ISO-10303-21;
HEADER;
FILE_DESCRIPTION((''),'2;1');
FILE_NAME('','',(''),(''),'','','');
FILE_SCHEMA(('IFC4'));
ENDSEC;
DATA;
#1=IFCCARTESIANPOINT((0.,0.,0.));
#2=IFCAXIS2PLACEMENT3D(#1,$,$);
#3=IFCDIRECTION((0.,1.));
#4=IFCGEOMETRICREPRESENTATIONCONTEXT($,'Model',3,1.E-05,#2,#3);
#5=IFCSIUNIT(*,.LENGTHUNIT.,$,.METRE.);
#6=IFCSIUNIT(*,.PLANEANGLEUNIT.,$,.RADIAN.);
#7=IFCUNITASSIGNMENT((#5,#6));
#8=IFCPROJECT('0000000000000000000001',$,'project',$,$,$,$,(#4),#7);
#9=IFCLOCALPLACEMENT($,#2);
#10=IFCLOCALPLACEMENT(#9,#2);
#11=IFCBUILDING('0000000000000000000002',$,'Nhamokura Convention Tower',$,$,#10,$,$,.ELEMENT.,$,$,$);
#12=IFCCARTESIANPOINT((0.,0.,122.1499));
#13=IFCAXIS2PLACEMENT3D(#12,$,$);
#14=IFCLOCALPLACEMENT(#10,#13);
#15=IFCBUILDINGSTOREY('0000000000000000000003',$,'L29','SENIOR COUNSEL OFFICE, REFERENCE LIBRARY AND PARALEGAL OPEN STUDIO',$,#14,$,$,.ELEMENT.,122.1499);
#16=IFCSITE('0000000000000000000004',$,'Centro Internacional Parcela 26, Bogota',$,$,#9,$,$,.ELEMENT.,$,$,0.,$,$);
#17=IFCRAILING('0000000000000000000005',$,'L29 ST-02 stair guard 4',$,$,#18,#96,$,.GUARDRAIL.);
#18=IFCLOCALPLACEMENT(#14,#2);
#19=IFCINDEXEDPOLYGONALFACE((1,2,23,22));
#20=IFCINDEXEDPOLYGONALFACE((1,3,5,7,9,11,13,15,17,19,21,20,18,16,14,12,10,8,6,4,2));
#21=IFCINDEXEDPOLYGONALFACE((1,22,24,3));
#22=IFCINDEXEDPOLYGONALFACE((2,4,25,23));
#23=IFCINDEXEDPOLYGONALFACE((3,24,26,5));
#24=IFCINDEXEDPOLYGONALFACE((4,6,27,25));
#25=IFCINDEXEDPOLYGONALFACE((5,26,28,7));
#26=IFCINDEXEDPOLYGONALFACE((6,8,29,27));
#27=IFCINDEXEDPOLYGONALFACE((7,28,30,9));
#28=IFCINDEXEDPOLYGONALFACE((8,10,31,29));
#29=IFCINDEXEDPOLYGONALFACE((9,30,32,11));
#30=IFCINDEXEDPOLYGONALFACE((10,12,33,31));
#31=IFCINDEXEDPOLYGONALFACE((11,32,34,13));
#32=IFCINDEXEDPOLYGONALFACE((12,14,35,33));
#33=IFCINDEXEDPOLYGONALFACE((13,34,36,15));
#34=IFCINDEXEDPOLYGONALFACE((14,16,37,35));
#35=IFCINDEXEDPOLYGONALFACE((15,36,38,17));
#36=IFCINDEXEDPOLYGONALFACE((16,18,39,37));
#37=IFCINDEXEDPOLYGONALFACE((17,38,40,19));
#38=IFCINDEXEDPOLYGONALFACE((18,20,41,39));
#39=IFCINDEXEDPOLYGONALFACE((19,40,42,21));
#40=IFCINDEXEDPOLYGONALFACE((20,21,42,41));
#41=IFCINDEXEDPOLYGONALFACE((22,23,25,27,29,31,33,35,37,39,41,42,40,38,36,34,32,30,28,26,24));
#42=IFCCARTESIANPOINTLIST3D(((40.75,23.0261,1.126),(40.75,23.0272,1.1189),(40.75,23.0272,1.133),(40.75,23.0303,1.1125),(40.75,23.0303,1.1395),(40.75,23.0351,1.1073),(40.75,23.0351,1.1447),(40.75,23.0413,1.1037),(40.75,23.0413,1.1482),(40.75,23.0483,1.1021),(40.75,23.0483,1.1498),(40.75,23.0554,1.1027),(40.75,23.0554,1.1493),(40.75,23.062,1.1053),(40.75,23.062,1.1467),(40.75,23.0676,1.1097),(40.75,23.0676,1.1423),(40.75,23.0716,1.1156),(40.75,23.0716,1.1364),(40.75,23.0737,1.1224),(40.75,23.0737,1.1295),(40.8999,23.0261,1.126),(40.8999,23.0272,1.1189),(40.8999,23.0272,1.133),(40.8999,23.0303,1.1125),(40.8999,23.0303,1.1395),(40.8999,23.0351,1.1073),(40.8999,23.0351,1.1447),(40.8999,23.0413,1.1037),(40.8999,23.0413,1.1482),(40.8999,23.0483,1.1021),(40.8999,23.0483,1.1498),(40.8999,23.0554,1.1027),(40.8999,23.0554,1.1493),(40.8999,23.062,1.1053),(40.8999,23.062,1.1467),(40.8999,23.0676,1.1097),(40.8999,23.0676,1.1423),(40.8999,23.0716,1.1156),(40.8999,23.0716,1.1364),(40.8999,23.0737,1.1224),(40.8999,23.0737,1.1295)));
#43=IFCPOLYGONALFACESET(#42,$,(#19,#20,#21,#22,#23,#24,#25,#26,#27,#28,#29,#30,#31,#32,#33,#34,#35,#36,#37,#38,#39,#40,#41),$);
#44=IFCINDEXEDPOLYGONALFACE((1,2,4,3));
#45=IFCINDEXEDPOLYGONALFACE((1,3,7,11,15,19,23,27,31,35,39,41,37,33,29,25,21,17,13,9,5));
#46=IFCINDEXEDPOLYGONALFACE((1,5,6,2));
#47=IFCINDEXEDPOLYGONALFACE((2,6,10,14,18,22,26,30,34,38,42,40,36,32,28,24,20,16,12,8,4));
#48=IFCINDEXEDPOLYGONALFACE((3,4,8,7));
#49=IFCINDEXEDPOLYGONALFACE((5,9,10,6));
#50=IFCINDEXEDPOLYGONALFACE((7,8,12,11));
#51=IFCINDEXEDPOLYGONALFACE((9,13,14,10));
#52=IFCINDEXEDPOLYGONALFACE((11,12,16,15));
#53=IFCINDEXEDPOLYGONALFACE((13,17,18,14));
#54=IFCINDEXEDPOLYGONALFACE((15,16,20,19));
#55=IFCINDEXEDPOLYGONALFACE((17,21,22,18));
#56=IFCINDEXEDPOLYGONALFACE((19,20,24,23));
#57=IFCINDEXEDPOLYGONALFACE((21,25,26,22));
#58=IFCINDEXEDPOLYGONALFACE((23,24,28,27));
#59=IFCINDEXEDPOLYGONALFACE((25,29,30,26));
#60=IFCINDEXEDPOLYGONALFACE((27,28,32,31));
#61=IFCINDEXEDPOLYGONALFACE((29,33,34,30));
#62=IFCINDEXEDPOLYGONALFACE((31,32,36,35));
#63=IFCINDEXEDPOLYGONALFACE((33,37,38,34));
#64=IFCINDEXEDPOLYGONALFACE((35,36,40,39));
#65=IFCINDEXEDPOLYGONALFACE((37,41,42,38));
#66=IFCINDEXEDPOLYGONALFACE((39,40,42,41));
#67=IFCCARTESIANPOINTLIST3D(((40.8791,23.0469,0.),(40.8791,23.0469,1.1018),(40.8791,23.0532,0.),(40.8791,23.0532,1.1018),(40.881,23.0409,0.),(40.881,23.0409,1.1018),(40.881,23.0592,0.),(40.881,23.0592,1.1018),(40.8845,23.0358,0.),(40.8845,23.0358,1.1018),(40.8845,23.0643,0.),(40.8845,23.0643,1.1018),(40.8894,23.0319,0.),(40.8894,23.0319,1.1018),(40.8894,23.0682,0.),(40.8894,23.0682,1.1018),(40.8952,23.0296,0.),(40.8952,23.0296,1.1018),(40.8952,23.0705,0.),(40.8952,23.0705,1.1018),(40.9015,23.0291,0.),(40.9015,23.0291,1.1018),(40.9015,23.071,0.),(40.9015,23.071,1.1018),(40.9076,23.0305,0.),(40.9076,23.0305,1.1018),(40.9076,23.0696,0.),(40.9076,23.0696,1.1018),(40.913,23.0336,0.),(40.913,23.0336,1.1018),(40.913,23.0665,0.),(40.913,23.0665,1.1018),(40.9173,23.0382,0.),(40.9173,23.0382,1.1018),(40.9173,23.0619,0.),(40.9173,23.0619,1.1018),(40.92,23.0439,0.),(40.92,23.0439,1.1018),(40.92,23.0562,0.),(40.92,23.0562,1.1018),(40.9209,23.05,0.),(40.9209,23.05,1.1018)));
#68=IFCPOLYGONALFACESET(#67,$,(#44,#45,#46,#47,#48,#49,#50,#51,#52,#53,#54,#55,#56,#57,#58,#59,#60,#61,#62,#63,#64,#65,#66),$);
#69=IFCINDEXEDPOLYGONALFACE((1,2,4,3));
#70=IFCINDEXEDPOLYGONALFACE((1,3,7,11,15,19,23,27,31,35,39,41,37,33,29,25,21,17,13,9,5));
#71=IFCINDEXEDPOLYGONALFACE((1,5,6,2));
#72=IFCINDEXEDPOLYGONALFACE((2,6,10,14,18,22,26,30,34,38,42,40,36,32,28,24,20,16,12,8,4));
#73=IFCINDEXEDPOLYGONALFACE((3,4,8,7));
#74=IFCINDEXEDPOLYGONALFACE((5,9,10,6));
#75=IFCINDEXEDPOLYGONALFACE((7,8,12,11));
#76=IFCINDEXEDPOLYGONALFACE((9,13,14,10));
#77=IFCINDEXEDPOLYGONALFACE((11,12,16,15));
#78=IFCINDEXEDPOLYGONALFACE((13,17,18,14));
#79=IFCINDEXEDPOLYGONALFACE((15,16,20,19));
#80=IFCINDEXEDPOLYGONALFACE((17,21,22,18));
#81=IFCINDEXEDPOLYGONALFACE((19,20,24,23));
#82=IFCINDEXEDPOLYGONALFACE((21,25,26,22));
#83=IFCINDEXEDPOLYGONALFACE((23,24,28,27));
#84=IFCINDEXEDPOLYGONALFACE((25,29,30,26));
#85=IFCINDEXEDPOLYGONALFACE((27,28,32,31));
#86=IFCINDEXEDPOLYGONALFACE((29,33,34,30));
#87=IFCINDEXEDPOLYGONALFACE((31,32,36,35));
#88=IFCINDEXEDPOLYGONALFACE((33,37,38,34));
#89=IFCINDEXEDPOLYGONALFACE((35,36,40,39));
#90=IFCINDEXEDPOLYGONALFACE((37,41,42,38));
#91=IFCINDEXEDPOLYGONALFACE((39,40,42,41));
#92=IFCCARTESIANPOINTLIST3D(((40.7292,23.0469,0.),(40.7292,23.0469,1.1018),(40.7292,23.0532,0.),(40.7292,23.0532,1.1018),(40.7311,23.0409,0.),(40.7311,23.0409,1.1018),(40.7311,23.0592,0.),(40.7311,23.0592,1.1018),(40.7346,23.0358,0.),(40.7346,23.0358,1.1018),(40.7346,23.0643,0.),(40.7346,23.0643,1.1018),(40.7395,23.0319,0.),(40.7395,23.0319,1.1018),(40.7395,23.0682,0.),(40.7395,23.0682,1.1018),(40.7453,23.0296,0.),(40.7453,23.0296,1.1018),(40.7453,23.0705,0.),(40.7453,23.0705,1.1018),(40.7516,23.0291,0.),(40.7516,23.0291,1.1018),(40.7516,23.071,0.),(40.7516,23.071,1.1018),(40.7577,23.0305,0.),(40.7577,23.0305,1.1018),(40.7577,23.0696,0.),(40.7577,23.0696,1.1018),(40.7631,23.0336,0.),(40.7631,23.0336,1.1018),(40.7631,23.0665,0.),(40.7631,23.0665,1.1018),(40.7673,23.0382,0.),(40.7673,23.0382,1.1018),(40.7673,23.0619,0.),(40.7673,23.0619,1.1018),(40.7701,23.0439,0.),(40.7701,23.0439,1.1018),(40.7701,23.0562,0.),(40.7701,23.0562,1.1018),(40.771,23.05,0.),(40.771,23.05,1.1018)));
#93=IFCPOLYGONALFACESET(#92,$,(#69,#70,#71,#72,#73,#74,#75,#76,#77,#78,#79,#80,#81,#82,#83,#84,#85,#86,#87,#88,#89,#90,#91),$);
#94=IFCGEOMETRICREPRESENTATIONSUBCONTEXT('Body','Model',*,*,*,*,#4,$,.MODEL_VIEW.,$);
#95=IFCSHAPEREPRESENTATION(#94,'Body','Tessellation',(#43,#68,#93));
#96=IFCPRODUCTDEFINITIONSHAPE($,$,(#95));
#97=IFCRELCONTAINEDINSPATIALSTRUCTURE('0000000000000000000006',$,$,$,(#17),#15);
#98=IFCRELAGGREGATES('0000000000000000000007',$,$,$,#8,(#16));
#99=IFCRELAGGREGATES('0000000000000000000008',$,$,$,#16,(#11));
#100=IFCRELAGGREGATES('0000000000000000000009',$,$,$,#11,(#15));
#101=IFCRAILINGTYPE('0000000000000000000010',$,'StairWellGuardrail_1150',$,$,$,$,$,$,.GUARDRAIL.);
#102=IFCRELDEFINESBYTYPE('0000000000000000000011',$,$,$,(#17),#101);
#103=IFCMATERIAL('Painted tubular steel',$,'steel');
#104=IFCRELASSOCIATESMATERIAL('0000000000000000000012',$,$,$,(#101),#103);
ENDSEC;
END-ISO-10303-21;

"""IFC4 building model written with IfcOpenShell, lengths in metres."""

from ifc_helpers import new_model, si_unit, direction, frame, origin, origin_2d, place, context, subcontext, project, spatial, circle, extrude, material, type_object, element, save


model = new_model("IFC4")

# Units and contexts
model_context = context("Model", 3, precision=1e-05, world=origin(), true_north=direction((0.0, 1.0)))
body_context = subcontext(model_context, "Body", "Model", "MODEL_VIEW")
ifc_project = project(units=[si_unit("LENGTHUNIT", "METRE"), si_unit("PLANEANGLEUNIT", "RADIAN")], contexts=[model_context])

# Site, building, storey
site_placement = place(None, origin())
site = spatial("IfcSite", under=ifc_project, at=site_placement, Name="Centro Internacional Parcela 26, Bogota", CompositionType="ELEMENT", RefElevation=0.0)
building_placement = place(site_placement, origin())
building = spatial("IfcBuilding", under=site, at=building_placement, Name="Nhamokura Convention Tower", CompositionType="ELEMENT")
storey_placement = place(building_placement, frame((0.0, 0.0, 122.1499)))
storey = spatial("IfcBuildingStorey", under=building, at=storey_placement, Name="L29", Description="SENIOR COUNSEL OFFICE, REFERENCE LIBRARY AND PARALEGAL OPEN STUDIO", CompositionType="ELEMENT", Elevation=122.1499)

# Railing
ifc_material_1 = material(Name="Painted tubular steel", Category="steel")
railing_type_1 = type_object("IfcRailingType", Name="StairWellGuardrail_1150", PredefinedType="GUARDRAIL", material=ifc_material_1)
railing_1_placement = place(storey_placement, frame((40.8999, 23.05, 0.0)))
element("IfcRailing", 1, at=railing_1_placement, inside=storey, type_object=railing_type_1, Name="L29 ST-02 stair guard 4", PredefinedType="GUARDRAIL", context=body_context, shape_type="SweptSolid", body=[
    extrude(circle(Radius=0.0239, at=origin_2d()), frame((0.0, 0.0, 1.126), z_axis=(-1.0, 0.0, 0.0), x_axis=(0.0, -1.0, 0.0)), (0.0, 0.0, 1.0), 0.1499),
    extrude(circle(Radius=0.021, at=origin_2d()), origin(), (0.0, 0.0, 1.0), 1.1018),
    extrude(circle(Radius=0.021, at=origin_2d()), frame((-0.1499, 0.0, 0.0)), (0.0, 0.0, 1.0), 1.1018),
])

save(model, "model.ifc")
